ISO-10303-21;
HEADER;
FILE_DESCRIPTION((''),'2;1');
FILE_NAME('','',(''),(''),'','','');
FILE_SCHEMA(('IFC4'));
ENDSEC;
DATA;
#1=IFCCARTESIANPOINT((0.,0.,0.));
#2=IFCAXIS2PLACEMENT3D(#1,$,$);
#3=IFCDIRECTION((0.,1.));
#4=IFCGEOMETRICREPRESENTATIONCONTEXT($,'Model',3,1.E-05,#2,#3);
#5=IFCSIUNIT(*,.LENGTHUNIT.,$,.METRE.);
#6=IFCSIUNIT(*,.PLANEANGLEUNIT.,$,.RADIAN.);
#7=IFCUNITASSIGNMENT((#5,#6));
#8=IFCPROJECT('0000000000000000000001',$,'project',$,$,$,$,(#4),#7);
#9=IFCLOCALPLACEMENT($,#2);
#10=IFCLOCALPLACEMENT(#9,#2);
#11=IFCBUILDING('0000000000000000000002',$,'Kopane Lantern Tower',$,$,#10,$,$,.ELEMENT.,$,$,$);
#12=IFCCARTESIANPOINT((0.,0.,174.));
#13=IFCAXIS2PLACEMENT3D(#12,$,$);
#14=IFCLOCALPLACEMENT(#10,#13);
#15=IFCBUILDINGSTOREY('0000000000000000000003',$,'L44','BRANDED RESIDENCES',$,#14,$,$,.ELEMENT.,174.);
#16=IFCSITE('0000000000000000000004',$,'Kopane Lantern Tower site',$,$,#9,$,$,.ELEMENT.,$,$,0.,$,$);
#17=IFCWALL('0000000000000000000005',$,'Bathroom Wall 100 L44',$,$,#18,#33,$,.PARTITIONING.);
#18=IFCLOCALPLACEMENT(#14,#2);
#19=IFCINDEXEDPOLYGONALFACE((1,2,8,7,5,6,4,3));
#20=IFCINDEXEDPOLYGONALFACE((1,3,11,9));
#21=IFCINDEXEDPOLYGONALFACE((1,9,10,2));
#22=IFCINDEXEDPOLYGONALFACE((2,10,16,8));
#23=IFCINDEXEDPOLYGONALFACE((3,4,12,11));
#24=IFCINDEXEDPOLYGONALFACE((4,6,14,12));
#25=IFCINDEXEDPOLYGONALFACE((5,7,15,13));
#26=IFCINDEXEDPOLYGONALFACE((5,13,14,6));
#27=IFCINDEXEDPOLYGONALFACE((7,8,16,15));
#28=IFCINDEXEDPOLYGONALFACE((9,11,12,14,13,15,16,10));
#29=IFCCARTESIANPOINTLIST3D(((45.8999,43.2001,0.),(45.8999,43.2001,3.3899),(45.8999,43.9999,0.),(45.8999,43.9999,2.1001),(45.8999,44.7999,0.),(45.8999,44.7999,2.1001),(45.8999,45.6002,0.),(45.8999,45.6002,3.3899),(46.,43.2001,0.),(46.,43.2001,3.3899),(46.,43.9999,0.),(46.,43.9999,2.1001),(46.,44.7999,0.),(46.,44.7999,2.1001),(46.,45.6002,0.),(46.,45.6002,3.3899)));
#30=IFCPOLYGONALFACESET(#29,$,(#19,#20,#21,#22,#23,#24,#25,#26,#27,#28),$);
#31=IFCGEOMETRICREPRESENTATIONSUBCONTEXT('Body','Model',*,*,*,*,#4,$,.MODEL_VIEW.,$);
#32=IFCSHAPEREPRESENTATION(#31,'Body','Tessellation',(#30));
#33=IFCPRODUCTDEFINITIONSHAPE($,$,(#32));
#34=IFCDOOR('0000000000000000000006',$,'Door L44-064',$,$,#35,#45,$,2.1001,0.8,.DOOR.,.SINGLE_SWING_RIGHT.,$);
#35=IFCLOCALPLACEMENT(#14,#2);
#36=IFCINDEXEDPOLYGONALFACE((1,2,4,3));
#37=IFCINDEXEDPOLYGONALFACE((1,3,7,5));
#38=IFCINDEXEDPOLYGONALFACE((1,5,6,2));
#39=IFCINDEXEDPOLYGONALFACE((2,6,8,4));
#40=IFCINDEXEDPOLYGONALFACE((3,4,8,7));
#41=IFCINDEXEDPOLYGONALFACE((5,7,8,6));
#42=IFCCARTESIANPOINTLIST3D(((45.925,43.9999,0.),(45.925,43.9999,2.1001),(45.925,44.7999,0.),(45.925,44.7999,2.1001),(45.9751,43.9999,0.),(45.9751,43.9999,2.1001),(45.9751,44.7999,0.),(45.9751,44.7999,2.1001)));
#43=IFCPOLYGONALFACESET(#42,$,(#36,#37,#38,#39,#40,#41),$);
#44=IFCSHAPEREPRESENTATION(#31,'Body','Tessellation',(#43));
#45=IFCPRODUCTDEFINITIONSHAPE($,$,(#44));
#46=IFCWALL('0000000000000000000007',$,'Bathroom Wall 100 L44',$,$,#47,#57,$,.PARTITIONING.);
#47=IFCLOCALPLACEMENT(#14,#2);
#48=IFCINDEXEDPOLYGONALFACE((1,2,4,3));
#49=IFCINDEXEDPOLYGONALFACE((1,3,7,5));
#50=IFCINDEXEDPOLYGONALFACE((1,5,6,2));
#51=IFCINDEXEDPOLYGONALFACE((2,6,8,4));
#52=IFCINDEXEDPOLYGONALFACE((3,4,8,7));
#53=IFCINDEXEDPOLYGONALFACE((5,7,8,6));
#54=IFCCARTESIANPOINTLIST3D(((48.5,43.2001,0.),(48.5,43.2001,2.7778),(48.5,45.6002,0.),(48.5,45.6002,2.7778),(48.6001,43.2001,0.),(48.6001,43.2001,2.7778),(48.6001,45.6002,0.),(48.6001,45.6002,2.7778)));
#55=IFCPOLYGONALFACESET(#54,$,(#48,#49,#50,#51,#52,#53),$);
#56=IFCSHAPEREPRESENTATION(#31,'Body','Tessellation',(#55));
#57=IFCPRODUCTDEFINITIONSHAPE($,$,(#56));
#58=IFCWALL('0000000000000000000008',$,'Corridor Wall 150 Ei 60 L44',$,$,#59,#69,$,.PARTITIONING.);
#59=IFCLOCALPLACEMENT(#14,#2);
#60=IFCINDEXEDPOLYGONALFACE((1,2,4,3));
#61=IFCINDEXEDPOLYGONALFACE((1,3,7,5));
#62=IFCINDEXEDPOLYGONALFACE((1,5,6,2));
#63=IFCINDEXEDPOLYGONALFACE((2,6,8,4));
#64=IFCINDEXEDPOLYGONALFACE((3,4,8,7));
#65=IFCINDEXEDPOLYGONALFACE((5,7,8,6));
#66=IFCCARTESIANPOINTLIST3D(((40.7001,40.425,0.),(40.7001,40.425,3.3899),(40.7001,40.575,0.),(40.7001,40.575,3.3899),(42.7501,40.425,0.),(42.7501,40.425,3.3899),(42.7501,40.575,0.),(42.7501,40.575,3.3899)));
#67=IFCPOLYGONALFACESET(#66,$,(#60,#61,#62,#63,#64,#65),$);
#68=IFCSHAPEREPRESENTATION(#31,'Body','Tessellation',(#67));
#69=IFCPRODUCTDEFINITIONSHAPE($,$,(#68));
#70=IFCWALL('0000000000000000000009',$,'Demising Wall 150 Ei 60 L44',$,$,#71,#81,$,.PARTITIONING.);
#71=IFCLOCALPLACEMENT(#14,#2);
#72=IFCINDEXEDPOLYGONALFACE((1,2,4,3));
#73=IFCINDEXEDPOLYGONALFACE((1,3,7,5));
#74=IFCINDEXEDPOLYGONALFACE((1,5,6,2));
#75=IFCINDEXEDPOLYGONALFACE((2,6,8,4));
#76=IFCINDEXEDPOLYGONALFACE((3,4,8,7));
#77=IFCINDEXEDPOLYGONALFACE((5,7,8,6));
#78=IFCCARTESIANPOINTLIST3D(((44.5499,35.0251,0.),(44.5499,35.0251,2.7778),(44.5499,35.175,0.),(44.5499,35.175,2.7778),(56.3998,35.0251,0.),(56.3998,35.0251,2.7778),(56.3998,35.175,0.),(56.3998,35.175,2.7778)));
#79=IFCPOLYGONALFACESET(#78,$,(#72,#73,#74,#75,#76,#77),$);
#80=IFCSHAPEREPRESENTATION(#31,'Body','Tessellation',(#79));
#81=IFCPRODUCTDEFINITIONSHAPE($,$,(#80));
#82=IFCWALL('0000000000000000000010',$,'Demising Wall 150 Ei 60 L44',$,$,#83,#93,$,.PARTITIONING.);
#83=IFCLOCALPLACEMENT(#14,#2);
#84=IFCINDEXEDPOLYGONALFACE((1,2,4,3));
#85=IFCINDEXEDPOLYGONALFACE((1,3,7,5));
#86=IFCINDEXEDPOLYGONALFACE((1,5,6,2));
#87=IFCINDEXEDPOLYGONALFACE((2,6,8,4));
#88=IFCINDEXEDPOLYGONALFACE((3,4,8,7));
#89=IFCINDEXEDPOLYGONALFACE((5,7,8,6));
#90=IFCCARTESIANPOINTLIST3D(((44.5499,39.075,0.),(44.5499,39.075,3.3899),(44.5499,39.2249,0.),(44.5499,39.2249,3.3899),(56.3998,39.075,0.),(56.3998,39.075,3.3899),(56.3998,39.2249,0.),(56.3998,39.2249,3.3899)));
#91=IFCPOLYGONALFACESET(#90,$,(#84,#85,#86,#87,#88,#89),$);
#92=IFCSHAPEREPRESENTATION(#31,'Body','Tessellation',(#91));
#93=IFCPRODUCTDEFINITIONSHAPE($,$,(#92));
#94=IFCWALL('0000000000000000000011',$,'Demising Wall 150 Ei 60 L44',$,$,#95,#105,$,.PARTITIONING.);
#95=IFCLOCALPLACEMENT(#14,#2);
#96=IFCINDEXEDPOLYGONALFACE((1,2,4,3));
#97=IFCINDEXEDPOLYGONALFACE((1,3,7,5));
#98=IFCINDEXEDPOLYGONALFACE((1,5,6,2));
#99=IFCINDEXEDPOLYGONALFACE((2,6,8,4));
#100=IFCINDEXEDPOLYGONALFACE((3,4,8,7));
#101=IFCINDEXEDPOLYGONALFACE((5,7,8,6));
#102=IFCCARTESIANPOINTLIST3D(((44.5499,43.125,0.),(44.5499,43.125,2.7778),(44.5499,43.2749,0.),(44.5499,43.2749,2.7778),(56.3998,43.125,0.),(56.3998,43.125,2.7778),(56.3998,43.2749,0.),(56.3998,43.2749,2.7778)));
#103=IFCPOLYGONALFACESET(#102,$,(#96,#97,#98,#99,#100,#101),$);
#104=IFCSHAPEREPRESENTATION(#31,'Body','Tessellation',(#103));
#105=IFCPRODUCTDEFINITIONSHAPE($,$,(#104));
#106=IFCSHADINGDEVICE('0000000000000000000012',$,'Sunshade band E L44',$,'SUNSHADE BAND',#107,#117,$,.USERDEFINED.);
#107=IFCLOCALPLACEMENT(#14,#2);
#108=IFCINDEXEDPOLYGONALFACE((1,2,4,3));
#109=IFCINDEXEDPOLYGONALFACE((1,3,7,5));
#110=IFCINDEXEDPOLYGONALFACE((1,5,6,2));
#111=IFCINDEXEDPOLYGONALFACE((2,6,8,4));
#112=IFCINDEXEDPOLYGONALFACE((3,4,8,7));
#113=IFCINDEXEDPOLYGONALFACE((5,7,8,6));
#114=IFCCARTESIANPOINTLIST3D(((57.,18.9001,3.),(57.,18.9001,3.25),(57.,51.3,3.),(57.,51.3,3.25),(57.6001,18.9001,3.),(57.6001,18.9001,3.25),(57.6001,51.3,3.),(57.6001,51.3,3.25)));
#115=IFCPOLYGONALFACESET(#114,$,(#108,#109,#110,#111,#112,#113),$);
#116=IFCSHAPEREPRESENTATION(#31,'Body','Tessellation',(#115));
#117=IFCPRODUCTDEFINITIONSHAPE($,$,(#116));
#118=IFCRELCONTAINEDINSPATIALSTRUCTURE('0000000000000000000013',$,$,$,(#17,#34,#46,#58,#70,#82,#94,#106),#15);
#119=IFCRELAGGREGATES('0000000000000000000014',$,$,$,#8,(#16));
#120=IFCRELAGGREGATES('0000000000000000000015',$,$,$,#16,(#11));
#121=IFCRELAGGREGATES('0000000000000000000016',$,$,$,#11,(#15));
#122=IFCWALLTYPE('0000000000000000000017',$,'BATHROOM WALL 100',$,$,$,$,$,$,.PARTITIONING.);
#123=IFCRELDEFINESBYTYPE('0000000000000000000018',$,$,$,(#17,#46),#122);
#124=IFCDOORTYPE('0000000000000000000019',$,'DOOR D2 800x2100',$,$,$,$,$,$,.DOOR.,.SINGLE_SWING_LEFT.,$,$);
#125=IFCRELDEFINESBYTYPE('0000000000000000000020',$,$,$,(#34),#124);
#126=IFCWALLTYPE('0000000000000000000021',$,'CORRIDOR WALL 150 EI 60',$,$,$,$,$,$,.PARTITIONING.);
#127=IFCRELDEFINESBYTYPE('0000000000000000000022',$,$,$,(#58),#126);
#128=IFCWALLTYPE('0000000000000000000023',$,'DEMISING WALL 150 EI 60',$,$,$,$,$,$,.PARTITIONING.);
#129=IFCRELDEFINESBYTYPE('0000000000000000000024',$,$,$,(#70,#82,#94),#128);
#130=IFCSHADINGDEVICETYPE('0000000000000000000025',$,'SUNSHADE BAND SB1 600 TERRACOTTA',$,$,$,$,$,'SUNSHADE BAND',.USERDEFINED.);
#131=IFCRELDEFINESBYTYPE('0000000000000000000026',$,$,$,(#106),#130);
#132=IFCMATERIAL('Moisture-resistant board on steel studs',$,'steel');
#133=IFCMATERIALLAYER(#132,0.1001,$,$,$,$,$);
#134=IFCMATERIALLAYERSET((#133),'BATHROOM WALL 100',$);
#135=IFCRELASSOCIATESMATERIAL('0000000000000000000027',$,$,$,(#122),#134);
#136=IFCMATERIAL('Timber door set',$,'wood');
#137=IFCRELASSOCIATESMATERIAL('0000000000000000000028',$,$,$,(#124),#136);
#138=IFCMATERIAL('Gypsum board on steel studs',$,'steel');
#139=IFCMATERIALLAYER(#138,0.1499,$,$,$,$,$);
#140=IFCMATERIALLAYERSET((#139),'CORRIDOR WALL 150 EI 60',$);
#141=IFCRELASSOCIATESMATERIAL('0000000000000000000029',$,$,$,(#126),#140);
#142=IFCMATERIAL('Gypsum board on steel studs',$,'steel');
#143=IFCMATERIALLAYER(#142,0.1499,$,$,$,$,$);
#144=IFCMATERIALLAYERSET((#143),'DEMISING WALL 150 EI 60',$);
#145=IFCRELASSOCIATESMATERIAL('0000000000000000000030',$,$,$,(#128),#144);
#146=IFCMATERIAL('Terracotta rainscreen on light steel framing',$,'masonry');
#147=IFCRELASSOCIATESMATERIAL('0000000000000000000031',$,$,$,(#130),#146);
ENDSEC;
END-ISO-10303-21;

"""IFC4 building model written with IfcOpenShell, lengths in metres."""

from ifc_helpers import new_model, si_unit, direction, frame, frame_2d, origin, origin_2d, place, context, subcontext, project, spatial, rectangle, extrude, material, layer, layer_set, type_object, element, fill, save


model = new_model("IFC4")

# Units and contexts
model_context = context("Model", 3, precision=1e-05, world=origin(), true_north=direction((0.0, 1.0)))
body_context = subcontext(model_context, "Body", "Model", "MODEL_VIEW")
ifc_project = project(units=[si_unit("LENGTHUNIT", "METRE"), si_unit("PLANEANGLEUNIT", "RADIAN")], contexts=[model_context])

# Site, building, storey
site_placement = place(None, origin())
site = spatial("IfcSite", under=ifc_project, at=site_placement, Name="Kopane Lantern Tower site", CompositionType="ELEMENT", RefElevation=0.0)
building_placement = place(site_placement, origin())
building = spatial("IfcBuilding", under=site, at=building_placement, Name="Kopane Lantern Tower", CompositionType="ELEMENT")
storey_placement = place(building_placement, frame((0.0, 0.0, 174.0)))
storey = spatial("IfcBuildingStorey", under=building, at=storey_placement, Name="L44", Description="BRANDED RESIDENCES", CompositionType="ELEMENT", Elevation=174.0)

# Shared definitions
ifc_material_1 = material(Name="Moisture-resistant board on steel studs", Category="steel")
ifc_layer_1 = layer(ifc_material_1, 0.1001)
ifc_layer_set_1 = layer_set([ifc_layer_1], Name="BATHROOM WALL 100")
wall_type_1 = type_object("IfcWallType", Name="BATHROOM WALL 100", PredefinedType="PARTITIONING", material=ifc_layer_set_1)
ifc_material_2 = material(Name="Timber door set", Category="wood")
door_type = type_object("IfcDoorType", Name="DOOR D2 800x2100", OperationType="SINGLE_SWING_LEFT", PredefinedType="DOOR", material=ifc_material_2)

# Wall, opening, door
wall_1_placement = place(storey_placement, frame((45.95, 43.2, 0.0), z_axis=(0.0, 0.0, 1.0), x_axis=(0.0, 1.0, 0.0)))
wall_1 = element("IfcWall", 1, at=wall_1_placement, inside=storey, type_object=wall_type_1, Name="Bathroom Wall 100 L44", PredefinedType="PARTITIONING", context=body_context, shape_type="SweptSolid", body=[
    extrude(rectangle(XDim=2.4001, YDim=0.1001, at=frame_2d((1.2002, 0.0))), origin(), (0.0, 0.0, 1.0), 3.3899),
])
opening_1_placement = place(wall_1_placement, frame((0.8, 0.0, 0.0)))
opening_1 = element("IfcOpeningElement", 2, at=opening_1_placement, cuts=wall_1, PredefinedType="OPENING", context=body_context, shape_type="SweptSolid", body=[
    extrude(rectangle(XDim=0.8, YDim=2.1001, at=frame_2d((0.3999, 1.05))), frame((0.0, 0.0601, 0.0), z_axis=(0.0, -1.0, 0.0), x_axis=(1.0, 0.0, 0.0)), (0.0, 0.0, 1.0), 0.1201),
])
door_1_placement = place(opening_1_placement, origin())
door_1 = element("IfcDoor", 3, at=door_1_placement, inside=storey, type_object=door_type, Name="Door L44-064", OperationType="SINGLE_SWING_RIGHT", OverallHeight=2.1001, OverallWidth=0.8, PredefinedType="DOOR", context=body_context, shape_type="SweptSolid", body=[
    extrude(rectangle(XDim=0.8, YDim=2.1001, at=frame_2d((0.3999, 1.05))), frame((0.0, 0.0249, 0.0), z_axis=(0.0, -1.0, 0.0), x_axis=(1.0, 0.0, 0.0)), (0.0, 0.0, 1.0), 0.05),
])
fill(opening_1, door_1)

# Walls
wall_2_placement = place(storey_placement, frame((48.55, 43.2, 0.0), z_axis=(0.0, 0.0, 1.0), x_axis=(0.0, 1.0, 0.0)))
element("IfcWall", 4, at=wall_2_placement, inside=storey, type_object=wall_type_1, Name="Bathroom Wall 100 L44", PredefinedType="PARTITIONING", context=body_context, shape_type="SweptSolid", body=[
    extrude(rectangle(XDim=2.4001, YDim=0.1001, at=frame_2d((1.2002, 0.0))), origin(), (0.0, 0.0, 1.0), 2.7778),
])
ifc_material_3 = material(Name="Gypsum board on steel studs", Category="steel")
ifc_layer_2 = layer(ifc_material_3, 0.1499)
ifc_layer_set_2 = layer_set([ifc_layer_2], Name="CORRIDOR WALL 150 EI 60")
wall_type_2 = type_object("IfcWallType", Name="CORRIDOR WALL 150 EI 60", PredefinedType="PARTITIONING", material=ifc_layer_set_2)
wall_3_placement = place(storey_placement, frame((42.75, 40.5, 0.0), z_axis=(0.0, 0.0, 1.0), x_axis=(-1.0, 0.0, 0.0)))
element("IfcWall", 5, at=wall_3_placement, inside=storey, type_object=wall_type_2, Name="Corridor Wall 150 Ei 60 L44", PredefinedType="PARTITIONING", context=body_context, shape_type="SweptSolid", body=[
    extrude(rectangle(XDim=2.05, YDim=0.1499, at=frame_2d((1.0249, 0.0))), origin(), (0.0, 0.0, 1.0), 3.3899),
])
ifc_material_4 = material(Name="Gypsum board on steel studs", Category="steel")
ifc_layer_3 = layer(ifc_material_4, 0.1499)
ifc_layer_set_3 = layer_set([ifc_layer_3], Name="DEMISING WALL 150 EI 60")
wall_type_3 = type_object("IfcWallType", Name="DEMISING WALL 150 EI 60", PredefinedType="PARTITIONING", material=ifc_layer_set_3)
wall_4_placement = place(storey_placement, frame((44.55, 35.1001, 0.0), z_axis=(0.0, 0.0, 1.0), x_axis=(1.0, 0.0, 0.0)))
element("IfcWall", 6, at=wall_4_placement, inside=storey, type_object=wall_type_3, Name="Demising Wall 150 Ei 60 L44", PredefinedType="PARTITIONING", context=body_context, shape_type="SweptSolid", body=[
    extrude(rectangle(XDim=11.8499, YDim=0.1499, at=frame_2d((5.9248, 0.0))), origin(), (0.0, 0.0, 1.0), 2.7778),
])
wall_5_placement = place(storey_placement, frame((44.55, 39.1499, 0.0), z_axis=(0.0, 0.0, 1.0), x_axis=(1.0, 0.0, 0.0)))
element("IfcWall", 7, at=wall_5_placement, inside=storey, type_object=wall_type_3, Name="Demising Wall 150 Ei 60 L44", PredefinedType="PARTITIONING", context=body_context, shape_type="SweptSolid", body=[
    extrude(rectangle(XDim=11.8499, YDim=0.1499, at=frame_2d((5.9248, 0.0))), origin(), (0.0, 0.0, 1.0), 3.3899),
])
wall_6_placement = place(storey_placement, frame((44.55, 43.2, 0.0), z_axis=(0.0, 0.0, 1.0), x_axis=(1.0, 0.0, 0.0)))
element("IfcWall", 8, at=wall_6_placement, inside=storey, type_object=wall_type_3, Name="Demising Wall 150 Ei 60 L44", PredefinedType="PARTITIONING", context=body_context, shape_type="SweptSolid", body=[
    extrude(rectangle(XDim=11.8499, YDim=0.1499, at=frame_2d((5.9248, 0.0))), origin(), (0.0, 0.0, 1.0), 2.7778),
])

# Shading device
ifc_material_5 = material(Name="Terracotta rainscreen on light steel framing", Category="masonry")
shading_device_type = type_object("IfcShadingDeviceType", Name="SUNSHADE BAND SB1 600 TERRACOTTA", ElementType="SUNSHADE BAND", PredefinedType="USERDEFINED", material=ifc_material_5)
shading_device_placement = place(storey_placement, frame((57.3, 35.1001, 3.0), z_axis=(0.0, 0.0, 1.0), x_axis=(0.0, 1.0, 0.0)))
element("IfcShadingDevice", 9, at=shading_device_placement, inside=storey, type_object=shading_device_type, Name="Sunshade band E L44", ObjectType="SUNSHADE BAND", PredefinedType="USERDEFINED", context=body_context, shape_type="SweptSolid", body=[
    extrude(rectangle(XDim=32.3999, YDim=0.6001, at=origin_2d()), origin(), (0.0, 0.0, 1.0), 0.25),
])

save(model, "model.ifc")
